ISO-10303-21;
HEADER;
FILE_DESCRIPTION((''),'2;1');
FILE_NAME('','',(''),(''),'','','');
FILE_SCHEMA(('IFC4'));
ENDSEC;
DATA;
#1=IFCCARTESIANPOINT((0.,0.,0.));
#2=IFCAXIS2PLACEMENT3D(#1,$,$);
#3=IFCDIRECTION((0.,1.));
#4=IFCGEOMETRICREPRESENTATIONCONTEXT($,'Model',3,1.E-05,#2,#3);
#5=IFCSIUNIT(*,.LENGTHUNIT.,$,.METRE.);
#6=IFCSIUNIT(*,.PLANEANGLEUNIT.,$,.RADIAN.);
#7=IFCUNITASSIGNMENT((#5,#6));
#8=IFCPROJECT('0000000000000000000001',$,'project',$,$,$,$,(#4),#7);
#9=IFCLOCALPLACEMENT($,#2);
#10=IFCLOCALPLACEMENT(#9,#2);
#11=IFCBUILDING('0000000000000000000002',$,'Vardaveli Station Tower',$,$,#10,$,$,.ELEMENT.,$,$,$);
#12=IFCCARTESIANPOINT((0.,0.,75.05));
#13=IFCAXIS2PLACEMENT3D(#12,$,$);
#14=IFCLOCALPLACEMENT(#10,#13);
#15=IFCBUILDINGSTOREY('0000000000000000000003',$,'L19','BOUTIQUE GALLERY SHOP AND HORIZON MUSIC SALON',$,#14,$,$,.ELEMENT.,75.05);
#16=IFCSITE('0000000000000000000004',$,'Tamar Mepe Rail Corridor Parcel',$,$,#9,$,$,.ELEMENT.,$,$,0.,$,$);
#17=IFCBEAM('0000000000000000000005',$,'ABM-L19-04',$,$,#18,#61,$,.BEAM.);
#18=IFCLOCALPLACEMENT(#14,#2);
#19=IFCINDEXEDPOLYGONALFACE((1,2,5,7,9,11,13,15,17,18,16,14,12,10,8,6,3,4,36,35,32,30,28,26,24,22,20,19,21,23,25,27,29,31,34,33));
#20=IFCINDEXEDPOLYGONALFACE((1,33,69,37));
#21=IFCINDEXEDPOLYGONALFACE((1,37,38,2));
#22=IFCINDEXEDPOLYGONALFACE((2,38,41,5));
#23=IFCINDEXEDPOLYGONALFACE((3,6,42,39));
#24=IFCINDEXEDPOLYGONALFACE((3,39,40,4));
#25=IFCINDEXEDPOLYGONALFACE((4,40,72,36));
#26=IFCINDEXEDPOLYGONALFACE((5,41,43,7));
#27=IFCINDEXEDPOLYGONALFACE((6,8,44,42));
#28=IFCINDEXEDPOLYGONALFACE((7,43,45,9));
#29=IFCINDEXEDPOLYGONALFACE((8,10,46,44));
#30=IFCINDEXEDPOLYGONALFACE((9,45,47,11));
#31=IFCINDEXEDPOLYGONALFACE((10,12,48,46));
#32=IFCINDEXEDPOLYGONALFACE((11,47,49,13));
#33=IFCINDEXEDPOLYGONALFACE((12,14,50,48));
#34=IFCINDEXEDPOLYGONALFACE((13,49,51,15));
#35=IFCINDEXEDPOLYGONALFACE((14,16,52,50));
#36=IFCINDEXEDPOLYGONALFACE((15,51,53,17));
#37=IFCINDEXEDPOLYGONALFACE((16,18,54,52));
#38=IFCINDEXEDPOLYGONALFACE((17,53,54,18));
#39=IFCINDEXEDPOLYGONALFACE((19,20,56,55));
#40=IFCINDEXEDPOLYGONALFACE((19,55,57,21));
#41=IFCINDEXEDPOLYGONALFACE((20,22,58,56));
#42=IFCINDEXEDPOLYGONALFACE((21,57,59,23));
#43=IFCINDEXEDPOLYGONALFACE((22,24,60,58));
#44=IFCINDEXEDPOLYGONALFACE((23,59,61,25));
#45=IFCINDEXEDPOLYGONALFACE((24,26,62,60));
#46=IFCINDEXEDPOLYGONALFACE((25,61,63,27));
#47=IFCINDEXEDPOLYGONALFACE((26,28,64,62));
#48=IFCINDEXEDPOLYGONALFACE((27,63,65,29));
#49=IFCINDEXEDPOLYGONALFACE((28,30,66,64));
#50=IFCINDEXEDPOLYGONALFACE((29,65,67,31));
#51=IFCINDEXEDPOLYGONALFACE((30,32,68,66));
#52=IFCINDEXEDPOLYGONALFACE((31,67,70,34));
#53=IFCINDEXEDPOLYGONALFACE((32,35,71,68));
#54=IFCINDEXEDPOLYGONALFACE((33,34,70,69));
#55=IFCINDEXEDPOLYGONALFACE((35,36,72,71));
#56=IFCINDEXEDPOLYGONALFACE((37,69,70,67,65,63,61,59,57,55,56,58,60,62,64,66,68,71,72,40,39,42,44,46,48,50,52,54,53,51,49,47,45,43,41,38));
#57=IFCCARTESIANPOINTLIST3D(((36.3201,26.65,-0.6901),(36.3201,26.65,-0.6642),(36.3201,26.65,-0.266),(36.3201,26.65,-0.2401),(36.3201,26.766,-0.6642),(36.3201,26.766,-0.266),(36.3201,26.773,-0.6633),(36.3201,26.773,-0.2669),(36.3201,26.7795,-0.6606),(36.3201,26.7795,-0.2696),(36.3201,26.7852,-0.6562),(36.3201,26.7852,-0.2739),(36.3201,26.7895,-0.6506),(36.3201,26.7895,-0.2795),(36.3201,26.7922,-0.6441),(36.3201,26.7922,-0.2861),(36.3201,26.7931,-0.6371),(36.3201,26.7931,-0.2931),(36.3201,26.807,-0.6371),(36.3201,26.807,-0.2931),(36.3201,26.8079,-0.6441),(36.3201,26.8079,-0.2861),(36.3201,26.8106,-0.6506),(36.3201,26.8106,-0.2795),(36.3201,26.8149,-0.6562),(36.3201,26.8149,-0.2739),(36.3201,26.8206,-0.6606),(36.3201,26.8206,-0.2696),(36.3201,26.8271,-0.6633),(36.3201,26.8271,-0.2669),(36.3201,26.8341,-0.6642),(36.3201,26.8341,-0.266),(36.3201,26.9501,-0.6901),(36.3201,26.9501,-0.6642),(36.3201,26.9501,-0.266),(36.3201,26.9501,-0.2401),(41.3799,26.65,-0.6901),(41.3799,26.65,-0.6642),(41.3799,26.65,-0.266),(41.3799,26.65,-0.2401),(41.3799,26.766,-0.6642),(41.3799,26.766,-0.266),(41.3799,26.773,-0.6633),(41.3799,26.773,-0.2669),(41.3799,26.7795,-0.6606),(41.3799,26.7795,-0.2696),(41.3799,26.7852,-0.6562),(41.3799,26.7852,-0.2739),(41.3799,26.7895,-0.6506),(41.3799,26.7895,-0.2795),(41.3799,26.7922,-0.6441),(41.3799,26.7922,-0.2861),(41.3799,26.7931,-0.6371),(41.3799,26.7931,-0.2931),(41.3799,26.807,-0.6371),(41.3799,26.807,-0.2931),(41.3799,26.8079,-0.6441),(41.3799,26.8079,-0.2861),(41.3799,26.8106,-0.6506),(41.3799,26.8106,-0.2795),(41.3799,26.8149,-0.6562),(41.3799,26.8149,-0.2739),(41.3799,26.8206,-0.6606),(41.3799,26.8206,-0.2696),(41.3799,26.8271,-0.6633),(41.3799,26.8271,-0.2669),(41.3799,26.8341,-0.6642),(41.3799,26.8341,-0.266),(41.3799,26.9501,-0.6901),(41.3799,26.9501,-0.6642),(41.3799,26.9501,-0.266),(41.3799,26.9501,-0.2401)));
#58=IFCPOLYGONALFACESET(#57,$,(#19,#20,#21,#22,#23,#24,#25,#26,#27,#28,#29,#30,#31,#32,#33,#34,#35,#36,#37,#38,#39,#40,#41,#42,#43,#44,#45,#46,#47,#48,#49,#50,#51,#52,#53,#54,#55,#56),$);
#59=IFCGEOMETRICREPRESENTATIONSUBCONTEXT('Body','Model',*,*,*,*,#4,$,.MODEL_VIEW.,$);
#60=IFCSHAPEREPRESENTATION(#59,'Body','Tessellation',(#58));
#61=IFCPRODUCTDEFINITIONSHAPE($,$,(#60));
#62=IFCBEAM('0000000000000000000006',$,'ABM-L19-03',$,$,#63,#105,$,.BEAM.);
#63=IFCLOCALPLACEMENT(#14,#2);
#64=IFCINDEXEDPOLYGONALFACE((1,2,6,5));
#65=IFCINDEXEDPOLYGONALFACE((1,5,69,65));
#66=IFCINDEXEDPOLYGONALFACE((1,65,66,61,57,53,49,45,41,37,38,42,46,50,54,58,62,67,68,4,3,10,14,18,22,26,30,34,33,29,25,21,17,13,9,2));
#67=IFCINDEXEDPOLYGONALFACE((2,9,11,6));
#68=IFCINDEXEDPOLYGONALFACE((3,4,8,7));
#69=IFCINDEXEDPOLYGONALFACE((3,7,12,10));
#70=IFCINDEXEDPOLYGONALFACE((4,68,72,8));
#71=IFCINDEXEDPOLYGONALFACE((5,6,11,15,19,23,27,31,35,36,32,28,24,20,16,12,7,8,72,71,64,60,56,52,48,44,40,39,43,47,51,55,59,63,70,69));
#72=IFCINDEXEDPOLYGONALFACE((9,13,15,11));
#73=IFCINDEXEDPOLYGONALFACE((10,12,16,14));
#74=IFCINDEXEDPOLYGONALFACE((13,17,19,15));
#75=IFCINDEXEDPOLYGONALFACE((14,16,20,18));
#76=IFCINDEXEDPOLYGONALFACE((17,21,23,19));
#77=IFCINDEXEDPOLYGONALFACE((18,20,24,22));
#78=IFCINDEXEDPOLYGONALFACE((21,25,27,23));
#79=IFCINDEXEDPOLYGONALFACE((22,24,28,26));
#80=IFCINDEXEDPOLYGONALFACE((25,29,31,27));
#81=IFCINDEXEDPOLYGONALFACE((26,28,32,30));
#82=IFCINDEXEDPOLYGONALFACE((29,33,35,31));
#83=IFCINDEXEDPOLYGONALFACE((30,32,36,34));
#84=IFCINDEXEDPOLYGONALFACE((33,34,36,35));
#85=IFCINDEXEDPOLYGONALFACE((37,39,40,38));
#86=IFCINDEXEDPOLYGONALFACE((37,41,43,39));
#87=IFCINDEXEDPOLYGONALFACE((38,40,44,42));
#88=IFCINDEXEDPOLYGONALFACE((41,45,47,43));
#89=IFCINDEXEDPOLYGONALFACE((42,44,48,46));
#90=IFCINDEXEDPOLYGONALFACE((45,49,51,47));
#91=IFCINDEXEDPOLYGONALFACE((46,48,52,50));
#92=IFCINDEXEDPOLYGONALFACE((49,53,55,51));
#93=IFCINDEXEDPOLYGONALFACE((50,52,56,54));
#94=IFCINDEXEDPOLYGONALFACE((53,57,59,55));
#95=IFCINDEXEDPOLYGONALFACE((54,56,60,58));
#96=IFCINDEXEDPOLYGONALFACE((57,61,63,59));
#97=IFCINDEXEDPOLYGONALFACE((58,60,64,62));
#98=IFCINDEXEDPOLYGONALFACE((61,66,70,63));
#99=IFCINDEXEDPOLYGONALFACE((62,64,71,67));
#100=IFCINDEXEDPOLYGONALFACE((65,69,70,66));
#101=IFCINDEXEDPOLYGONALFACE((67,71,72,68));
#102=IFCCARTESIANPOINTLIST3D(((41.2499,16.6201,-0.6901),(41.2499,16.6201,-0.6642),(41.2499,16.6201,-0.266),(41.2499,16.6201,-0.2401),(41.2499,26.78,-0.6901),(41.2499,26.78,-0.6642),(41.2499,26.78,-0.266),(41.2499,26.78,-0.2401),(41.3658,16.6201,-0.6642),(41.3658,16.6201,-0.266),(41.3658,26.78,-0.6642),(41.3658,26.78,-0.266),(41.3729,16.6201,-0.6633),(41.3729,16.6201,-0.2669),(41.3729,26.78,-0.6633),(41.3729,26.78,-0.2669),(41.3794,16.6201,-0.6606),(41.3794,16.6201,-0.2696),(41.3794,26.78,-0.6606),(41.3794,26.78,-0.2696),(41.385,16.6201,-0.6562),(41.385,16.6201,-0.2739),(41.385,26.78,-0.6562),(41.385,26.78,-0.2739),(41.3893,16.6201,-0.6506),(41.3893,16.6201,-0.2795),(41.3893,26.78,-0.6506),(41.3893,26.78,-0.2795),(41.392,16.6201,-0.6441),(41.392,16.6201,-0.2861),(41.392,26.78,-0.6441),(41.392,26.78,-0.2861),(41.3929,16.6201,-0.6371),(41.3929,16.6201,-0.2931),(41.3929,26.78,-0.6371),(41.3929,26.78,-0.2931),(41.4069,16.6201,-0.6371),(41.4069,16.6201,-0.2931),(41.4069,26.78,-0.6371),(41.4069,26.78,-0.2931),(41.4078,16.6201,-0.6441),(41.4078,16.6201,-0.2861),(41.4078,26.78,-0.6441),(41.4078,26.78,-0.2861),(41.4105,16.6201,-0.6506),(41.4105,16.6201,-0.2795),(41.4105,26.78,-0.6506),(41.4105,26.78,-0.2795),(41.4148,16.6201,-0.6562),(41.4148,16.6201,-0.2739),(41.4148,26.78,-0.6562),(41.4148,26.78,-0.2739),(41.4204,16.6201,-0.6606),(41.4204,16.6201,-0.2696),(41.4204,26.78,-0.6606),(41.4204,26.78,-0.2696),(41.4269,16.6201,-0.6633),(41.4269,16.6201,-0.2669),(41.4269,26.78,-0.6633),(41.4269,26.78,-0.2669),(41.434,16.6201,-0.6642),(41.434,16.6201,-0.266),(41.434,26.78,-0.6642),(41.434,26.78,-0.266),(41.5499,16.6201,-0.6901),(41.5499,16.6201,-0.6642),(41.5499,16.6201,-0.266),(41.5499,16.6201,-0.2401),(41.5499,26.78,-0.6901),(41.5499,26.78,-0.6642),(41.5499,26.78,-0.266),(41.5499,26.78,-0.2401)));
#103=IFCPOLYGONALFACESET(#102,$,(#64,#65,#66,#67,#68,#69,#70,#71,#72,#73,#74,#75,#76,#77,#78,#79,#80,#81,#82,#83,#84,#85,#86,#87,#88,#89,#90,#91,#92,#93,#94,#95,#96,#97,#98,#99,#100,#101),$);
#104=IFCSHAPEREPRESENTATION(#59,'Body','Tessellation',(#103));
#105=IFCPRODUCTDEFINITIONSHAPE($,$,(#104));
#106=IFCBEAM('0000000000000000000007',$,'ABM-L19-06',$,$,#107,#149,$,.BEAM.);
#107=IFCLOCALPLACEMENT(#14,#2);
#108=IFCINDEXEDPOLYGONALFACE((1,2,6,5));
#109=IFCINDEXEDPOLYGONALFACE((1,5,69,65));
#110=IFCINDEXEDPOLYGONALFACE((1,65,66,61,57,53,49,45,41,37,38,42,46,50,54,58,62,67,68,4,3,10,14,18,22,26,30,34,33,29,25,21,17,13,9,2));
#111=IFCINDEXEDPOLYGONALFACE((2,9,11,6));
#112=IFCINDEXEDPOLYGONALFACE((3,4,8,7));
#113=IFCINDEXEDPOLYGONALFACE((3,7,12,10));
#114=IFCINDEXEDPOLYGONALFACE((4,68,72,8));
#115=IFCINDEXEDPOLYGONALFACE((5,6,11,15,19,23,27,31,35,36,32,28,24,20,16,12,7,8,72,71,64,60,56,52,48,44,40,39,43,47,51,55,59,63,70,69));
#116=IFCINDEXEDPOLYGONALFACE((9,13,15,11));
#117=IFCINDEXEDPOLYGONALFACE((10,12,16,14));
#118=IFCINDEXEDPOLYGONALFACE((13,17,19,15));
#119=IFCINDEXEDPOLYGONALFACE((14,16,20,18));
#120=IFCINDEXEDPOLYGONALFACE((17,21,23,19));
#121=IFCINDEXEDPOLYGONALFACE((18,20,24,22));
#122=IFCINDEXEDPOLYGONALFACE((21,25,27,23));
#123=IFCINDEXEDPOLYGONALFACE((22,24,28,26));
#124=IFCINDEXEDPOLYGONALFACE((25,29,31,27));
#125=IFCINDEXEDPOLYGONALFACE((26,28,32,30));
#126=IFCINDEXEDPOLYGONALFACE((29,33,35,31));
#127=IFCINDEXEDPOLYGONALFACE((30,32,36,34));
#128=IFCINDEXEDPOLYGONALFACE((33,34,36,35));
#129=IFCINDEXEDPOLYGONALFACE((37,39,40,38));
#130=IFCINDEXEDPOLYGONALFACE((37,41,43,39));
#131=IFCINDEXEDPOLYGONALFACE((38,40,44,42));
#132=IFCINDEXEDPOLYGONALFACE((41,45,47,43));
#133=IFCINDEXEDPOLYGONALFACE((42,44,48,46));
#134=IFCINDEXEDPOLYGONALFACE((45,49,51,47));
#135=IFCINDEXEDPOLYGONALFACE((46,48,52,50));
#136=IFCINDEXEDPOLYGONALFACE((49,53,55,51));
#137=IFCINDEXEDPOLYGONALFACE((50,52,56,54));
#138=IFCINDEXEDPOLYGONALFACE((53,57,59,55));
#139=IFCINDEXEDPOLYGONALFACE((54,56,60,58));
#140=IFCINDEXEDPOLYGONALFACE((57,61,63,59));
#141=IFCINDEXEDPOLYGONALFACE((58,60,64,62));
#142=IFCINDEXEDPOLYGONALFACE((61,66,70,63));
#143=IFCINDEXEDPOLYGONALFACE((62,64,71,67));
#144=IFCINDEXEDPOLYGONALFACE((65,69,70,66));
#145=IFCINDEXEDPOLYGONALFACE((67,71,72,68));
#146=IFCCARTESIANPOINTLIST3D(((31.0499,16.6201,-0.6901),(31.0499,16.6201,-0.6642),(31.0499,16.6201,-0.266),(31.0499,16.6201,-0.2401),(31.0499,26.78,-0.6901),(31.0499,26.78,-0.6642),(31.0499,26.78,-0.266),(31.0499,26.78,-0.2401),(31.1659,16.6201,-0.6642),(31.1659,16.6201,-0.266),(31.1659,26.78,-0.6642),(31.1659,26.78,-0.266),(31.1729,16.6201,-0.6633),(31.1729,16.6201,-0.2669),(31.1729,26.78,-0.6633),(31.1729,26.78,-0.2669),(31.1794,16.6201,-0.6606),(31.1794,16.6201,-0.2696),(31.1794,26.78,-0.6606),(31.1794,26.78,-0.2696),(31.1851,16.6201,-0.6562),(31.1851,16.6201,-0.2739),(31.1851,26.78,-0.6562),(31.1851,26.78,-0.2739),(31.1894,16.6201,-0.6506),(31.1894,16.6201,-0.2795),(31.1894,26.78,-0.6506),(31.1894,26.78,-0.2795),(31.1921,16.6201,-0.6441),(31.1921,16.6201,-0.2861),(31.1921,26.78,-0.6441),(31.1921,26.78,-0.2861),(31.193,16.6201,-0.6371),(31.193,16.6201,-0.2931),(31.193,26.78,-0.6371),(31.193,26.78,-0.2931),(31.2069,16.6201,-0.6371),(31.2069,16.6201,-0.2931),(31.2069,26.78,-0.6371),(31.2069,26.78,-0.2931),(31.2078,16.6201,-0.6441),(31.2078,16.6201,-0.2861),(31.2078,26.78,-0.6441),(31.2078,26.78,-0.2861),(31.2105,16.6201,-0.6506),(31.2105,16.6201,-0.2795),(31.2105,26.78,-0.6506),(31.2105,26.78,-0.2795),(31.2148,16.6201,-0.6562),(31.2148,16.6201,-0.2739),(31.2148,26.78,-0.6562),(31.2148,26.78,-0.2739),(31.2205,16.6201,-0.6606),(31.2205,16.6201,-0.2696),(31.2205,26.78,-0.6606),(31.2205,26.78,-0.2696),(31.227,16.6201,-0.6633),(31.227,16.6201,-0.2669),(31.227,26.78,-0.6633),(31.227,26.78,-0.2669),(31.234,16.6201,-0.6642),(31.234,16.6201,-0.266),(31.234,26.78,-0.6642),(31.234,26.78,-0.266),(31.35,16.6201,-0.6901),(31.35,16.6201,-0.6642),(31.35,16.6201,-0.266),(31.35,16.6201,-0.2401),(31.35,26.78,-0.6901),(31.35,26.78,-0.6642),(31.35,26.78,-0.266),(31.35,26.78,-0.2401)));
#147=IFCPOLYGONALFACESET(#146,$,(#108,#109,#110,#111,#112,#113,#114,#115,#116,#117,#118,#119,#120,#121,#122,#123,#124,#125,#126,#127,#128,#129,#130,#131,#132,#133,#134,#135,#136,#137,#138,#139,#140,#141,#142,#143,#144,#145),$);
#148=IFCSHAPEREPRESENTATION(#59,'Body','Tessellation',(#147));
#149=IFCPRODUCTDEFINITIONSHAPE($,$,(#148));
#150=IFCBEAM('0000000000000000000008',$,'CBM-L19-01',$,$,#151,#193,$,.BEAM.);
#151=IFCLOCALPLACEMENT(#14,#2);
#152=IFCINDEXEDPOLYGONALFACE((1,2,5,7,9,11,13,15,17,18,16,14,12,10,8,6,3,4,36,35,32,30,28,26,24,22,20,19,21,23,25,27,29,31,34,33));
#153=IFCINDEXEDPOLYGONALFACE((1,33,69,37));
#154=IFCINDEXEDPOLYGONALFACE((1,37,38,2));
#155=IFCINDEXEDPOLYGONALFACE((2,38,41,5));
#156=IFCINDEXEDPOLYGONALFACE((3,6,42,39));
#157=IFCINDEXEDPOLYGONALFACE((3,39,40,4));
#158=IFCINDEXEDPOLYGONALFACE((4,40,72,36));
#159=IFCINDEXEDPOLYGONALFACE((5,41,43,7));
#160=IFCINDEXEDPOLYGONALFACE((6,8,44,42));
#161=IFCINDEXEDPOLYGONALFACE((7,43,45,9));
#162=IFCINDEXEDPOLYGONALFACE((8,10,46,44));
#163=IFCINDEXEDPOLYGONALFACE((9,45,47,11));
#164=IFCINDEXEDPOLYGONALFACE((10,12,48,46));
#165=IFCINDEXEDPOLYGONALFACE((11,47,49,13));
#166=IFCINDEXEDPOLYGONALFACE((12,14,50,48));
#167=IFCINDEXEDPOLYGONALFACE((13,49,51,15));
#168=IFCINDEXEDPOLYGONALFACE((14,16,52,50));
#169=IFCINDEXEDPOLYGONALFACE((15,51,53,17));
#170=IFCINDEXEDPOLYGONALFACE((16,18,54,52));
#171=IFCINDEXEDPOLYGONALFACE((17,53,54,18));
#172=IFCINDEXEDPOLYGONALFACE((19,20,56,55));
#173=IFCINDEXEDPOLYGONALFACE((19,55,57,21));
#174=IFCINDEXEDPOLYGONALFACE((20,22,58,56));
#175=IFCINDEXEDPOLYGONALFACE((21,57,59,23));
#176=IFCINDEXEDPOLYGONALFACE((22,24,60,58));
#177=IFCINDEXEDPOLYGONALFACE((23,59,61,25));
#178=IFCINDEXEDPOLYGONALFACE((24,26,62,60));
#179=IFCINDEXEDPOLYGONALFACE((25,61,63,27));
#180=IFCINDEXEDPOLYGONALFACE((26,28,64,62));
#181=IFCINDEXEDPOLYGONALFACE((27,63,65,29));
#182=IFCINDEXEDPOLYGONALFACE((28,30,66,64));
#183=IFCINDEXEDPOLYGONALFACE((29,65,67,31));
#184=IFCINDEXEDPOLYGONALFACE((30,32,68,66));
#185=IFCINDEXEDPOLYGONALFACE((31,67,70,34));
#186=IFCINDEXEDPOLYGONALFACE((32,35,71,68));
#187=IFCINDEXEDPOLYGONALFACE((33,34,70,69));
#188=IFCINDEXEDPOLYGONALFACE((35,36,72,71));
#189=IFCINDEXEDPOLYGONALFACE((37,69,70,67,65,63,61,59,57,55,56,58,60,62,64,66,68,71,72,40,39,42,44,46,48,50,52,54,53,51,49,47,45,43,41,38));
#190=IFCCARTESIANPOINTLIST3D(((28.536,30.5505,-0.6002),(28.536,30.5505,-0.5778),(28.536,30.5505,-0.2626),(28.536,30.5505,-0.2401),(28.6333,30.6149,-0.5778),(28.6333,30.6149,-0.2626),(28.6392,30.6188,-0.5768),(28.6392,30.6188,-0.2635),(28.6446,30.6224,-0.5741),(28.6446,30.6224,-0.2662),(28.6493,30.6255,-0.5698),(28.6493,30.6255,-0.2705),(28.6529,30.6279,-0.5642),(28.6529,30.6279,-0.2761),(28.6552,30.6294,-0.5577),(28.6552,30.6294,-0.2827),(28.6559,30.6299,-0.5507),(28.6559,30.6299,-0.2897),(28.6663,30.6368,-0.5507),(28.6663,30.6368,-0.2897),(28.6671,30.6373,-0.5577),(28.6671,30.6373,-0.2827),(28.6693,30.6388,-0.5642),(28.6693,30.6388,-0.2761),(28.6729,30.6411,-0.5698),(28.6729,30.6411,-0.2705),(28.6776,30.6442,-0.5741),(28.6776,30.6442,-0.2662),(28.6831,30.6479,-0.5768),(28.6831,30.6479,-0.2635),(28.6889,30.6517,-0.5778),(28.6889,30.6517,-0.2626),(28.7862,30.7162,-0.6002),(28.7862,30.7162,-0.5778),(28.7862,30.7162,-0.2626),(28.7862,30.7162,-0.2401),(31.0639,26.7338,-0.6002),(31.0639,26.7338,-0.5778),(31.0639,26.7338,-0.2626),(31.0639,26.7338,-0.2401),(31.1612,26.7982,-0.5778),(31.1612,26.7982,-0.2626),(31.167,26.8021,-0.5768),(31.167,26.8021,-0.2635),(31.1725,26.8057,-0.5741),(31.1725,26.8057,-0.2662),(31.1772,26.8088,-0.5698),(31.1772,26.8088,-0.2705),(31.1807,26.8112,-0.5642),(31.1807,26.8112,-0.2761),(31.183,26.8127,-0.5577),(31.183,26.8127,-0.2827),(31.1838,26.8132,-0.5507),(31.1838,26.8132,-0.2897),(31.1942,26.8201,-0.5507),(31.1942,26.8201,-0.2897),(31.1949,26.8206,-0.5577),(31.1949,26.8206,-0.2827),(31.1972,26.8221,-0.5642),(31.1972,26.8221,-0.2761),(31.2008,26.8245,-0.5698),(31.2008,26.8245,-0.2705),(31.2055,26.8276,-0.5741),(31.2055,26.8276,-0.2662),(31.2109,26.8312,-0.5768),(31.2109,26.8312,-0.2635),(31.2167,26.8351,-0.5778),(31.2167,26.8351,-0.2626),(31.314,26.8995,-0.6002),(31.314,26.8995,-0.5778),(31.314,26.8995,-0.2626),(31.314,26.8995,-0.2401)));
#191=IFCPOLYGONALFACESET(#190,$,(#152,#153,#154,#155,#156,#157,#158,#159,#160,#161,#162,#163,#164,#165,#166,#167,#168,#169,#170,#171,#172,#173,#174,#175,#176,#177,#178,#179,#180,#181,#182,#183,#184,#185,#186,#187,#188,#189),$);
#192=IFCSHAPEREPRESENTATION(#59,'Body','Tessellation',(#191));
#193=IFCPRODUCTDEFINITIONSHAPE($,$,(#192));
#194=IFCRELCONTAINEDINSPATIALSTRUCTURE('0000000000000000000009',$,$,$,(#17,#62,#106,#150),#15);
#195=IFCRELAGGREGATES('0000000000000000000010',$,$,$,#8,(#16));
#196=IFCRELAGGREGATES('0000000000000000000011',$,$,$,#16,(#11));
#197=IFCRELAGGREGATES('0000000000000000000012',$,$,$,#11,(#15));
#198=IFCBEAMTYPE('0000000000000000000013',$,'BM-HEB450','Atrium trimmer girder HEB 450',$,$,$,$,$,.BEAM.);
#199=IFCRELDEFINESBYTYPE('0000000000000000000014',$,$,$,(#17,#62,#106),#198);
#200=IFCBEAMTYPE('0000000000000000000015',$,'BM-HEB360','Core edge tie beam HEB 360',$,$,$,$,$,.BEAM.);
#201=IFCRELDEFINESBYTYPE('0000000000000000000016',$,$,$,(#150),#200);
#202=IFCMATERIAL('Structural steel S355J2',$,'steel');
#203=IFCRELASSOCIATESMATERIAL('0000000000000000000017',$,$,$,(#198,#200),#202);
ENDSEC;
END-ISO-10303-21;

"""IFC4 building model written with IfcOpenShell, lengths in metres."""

from ifc_helpers import new_model, si_unit, direction, frame, origin, origin_2d, place, context, subcontext, project, spatial, i_section, extrude, source, transform, mapped, material, material_profile, profile_set, type_object, element, save


model = new_model("IFC4")

# Units and contexts
model_context = context("Model", 3, precision=1e-05, world=origin(), true_north=direction((0.0, 1.0)))
body_context = subcontext(model_context, "Body", "Model", "MODEL_VIEW")
ifc_project = project(units=[si_unit("LENGTHUNIT", "METRE"), si_unit("PLANEANGLEUNIT", "RADIAN")], contexts=[model_context])

# Site, building, storey
site_placement = place(None, origin())
site = spatial("IfcSite", under=ifc_project, at=site_placement, Name="Tamar Mepe Rail Corridor Parcel", CompositionType="ELEMENT", RefElevation=0.0)
building_placement = place(site_placement, origin())
building = spatial("IfcBuilding", under=site, at=building_placement, Name="Vardaveli Station Tower", CompositionType="ELEMENT")
storey_placement = place(building_placement, frame((0.0, 0.0, 75.05)))
storey = spatial("IfcBuildingStorey", under=building, at=storey_placement, Name="L19", Description="BOUTIQUE GALLERY SHOP AND HORIZON MUSIC SALON", CompositionType="ELEMENT", Elevation=75.05)

# Beams
ifc_material_1 = material(Name="Structural steel S355J2", Category="steel")
ifc_material_profile_1 = material_profile(ifc_material_1, i_section(OverallWidth=0.3, OverallDepth=0.45, WebThickness=0.0139, FlangeThickness=0.0259, FilletRadius=0.0271, at=origin_2d()), Name="HEB 450")
ifc_profile_set_1 = profile_set([ifc_material_profile_1], Name="Structural steel S355J2")
beam_type_1 = type_object("IfcBeamType", Name="BM-HEB450", Description="Atrium trimmer girder HEB 450", PredefinedType="BEAM", material=ifc_profile_set_1)
shared_shape_1 = source(origin(), body_context, "Body", "SweptSolid", [
    extrude(i_section(OverallWidth=0.3, OverallDepth=0.45, WebThickness=0.0139, FlangeThickness=0.0259, FilletRadius=0.0271, at=origin_2d()), origin(), (0.0, 0.0, 1.0), 5.0598),
])
beam_1_placement = place(storey_placement, frame((41.3799, 26.8, -0.4651), z_axis=(-1.0, 0.0, 0.0), x_axis=(0.0, -1.0, 0.0)))
element("IfcBeam", 1, at=beam_1_placement, inside=storey, type_object=beam_type_1, Name="ABM-L19-04", PredefinedType="BEAM", context=body_context, shape_type="MappedRepresentation", body=[
    mapped(shared_shape_1, transform((0.0, 0.0, 0.0), scale=1.0)),
])
shared_shape_2 = source(origin(), body_context, "Body", "SweptSolid", [
    extrude(i_section(OverallWidth=0.3, OverallDepth=0.45, WebThickness=0.0139, FlangeThickness=0.0259, FilletRadius=0.0271, at=origin_2d()), origin(), (0.0, 0.0, 1.0), 10.1599),
])
for number, where, z_axis, x_axis, name in (
    (2, (41.3999, 16.6201, -0.4651), (0.0, 1.0, 0.0), (-1.0, 0.0, 0.0), "ABM-L19-03"),
    (3, (31.2, 26.78, -0.4651), (0.0, -1.0, 0.0), (1.0, 0.0, 0.0), "ABM-L19-06"),
):
    element("IfcBeam", number, at=place(storey_placement, frame(where, z_axis=z_axis, x_axis=x_axis)), inside=storey, type_object=beam_type_1, Name=name, PredefinedType="BEAM", context=body_context, shape_type="MappedRepresentation", body=[
        mapped(shared_shape_2, transform((0.0, 0.0, 0.0), scale=1.0)),
    ])
ifc_material_profile_2 = material_profile(ifc_material_1, i_section(OverallWidth=0.3, OverallDepth=0.3601, WebThickness=0.0125, FlangeThickness=0.0225, FilletRadius=0.0271, at=origin_2d()), Name="HEB 360")
ifc_profile_set_2 = profile_set([ifc_material_profile_2], Name="Structural steel S355J2")
beam_type_2 = type_object("IfcBeamType", Name="BM-HEB360", Description="Core edge tie beam HEB 360", PredefinedType="BEAM", material=ifc_profile_set_2)
shared_shape_3 = source(origin(), body_context, "Body", "SweptSolid", [
    extrude(i_section(OverallWidth=0.3, OverallDepth=0.3601, WebThickness=0.0125, FlangeThickness=0.0225, FilletRadius=0.0271, at=origin_2d()), origin(), (0.0, 0.0, 1.0), 4.5779),
])
beam_2_placement = place(storey_placement, frame((31.189, 26.8167, -0.4202), z_axis=(-0.552187, 0.83372, 0.0), x_axis=(-0.83372, -0.552187, 0.0)))
element("IfcBeam", 4, at=beam_2_placement, inside=storey, type_object=beam_type_2, Name="CBM-L19-01", PredefinedType="BEAM", context=body_context, shape_type="MappedRepresentation", body=[
    mapped(shared_shape_3, transform((0.0, 0.0, 0.0), scale=1.0)),
])

save(model, "model.ifc")
